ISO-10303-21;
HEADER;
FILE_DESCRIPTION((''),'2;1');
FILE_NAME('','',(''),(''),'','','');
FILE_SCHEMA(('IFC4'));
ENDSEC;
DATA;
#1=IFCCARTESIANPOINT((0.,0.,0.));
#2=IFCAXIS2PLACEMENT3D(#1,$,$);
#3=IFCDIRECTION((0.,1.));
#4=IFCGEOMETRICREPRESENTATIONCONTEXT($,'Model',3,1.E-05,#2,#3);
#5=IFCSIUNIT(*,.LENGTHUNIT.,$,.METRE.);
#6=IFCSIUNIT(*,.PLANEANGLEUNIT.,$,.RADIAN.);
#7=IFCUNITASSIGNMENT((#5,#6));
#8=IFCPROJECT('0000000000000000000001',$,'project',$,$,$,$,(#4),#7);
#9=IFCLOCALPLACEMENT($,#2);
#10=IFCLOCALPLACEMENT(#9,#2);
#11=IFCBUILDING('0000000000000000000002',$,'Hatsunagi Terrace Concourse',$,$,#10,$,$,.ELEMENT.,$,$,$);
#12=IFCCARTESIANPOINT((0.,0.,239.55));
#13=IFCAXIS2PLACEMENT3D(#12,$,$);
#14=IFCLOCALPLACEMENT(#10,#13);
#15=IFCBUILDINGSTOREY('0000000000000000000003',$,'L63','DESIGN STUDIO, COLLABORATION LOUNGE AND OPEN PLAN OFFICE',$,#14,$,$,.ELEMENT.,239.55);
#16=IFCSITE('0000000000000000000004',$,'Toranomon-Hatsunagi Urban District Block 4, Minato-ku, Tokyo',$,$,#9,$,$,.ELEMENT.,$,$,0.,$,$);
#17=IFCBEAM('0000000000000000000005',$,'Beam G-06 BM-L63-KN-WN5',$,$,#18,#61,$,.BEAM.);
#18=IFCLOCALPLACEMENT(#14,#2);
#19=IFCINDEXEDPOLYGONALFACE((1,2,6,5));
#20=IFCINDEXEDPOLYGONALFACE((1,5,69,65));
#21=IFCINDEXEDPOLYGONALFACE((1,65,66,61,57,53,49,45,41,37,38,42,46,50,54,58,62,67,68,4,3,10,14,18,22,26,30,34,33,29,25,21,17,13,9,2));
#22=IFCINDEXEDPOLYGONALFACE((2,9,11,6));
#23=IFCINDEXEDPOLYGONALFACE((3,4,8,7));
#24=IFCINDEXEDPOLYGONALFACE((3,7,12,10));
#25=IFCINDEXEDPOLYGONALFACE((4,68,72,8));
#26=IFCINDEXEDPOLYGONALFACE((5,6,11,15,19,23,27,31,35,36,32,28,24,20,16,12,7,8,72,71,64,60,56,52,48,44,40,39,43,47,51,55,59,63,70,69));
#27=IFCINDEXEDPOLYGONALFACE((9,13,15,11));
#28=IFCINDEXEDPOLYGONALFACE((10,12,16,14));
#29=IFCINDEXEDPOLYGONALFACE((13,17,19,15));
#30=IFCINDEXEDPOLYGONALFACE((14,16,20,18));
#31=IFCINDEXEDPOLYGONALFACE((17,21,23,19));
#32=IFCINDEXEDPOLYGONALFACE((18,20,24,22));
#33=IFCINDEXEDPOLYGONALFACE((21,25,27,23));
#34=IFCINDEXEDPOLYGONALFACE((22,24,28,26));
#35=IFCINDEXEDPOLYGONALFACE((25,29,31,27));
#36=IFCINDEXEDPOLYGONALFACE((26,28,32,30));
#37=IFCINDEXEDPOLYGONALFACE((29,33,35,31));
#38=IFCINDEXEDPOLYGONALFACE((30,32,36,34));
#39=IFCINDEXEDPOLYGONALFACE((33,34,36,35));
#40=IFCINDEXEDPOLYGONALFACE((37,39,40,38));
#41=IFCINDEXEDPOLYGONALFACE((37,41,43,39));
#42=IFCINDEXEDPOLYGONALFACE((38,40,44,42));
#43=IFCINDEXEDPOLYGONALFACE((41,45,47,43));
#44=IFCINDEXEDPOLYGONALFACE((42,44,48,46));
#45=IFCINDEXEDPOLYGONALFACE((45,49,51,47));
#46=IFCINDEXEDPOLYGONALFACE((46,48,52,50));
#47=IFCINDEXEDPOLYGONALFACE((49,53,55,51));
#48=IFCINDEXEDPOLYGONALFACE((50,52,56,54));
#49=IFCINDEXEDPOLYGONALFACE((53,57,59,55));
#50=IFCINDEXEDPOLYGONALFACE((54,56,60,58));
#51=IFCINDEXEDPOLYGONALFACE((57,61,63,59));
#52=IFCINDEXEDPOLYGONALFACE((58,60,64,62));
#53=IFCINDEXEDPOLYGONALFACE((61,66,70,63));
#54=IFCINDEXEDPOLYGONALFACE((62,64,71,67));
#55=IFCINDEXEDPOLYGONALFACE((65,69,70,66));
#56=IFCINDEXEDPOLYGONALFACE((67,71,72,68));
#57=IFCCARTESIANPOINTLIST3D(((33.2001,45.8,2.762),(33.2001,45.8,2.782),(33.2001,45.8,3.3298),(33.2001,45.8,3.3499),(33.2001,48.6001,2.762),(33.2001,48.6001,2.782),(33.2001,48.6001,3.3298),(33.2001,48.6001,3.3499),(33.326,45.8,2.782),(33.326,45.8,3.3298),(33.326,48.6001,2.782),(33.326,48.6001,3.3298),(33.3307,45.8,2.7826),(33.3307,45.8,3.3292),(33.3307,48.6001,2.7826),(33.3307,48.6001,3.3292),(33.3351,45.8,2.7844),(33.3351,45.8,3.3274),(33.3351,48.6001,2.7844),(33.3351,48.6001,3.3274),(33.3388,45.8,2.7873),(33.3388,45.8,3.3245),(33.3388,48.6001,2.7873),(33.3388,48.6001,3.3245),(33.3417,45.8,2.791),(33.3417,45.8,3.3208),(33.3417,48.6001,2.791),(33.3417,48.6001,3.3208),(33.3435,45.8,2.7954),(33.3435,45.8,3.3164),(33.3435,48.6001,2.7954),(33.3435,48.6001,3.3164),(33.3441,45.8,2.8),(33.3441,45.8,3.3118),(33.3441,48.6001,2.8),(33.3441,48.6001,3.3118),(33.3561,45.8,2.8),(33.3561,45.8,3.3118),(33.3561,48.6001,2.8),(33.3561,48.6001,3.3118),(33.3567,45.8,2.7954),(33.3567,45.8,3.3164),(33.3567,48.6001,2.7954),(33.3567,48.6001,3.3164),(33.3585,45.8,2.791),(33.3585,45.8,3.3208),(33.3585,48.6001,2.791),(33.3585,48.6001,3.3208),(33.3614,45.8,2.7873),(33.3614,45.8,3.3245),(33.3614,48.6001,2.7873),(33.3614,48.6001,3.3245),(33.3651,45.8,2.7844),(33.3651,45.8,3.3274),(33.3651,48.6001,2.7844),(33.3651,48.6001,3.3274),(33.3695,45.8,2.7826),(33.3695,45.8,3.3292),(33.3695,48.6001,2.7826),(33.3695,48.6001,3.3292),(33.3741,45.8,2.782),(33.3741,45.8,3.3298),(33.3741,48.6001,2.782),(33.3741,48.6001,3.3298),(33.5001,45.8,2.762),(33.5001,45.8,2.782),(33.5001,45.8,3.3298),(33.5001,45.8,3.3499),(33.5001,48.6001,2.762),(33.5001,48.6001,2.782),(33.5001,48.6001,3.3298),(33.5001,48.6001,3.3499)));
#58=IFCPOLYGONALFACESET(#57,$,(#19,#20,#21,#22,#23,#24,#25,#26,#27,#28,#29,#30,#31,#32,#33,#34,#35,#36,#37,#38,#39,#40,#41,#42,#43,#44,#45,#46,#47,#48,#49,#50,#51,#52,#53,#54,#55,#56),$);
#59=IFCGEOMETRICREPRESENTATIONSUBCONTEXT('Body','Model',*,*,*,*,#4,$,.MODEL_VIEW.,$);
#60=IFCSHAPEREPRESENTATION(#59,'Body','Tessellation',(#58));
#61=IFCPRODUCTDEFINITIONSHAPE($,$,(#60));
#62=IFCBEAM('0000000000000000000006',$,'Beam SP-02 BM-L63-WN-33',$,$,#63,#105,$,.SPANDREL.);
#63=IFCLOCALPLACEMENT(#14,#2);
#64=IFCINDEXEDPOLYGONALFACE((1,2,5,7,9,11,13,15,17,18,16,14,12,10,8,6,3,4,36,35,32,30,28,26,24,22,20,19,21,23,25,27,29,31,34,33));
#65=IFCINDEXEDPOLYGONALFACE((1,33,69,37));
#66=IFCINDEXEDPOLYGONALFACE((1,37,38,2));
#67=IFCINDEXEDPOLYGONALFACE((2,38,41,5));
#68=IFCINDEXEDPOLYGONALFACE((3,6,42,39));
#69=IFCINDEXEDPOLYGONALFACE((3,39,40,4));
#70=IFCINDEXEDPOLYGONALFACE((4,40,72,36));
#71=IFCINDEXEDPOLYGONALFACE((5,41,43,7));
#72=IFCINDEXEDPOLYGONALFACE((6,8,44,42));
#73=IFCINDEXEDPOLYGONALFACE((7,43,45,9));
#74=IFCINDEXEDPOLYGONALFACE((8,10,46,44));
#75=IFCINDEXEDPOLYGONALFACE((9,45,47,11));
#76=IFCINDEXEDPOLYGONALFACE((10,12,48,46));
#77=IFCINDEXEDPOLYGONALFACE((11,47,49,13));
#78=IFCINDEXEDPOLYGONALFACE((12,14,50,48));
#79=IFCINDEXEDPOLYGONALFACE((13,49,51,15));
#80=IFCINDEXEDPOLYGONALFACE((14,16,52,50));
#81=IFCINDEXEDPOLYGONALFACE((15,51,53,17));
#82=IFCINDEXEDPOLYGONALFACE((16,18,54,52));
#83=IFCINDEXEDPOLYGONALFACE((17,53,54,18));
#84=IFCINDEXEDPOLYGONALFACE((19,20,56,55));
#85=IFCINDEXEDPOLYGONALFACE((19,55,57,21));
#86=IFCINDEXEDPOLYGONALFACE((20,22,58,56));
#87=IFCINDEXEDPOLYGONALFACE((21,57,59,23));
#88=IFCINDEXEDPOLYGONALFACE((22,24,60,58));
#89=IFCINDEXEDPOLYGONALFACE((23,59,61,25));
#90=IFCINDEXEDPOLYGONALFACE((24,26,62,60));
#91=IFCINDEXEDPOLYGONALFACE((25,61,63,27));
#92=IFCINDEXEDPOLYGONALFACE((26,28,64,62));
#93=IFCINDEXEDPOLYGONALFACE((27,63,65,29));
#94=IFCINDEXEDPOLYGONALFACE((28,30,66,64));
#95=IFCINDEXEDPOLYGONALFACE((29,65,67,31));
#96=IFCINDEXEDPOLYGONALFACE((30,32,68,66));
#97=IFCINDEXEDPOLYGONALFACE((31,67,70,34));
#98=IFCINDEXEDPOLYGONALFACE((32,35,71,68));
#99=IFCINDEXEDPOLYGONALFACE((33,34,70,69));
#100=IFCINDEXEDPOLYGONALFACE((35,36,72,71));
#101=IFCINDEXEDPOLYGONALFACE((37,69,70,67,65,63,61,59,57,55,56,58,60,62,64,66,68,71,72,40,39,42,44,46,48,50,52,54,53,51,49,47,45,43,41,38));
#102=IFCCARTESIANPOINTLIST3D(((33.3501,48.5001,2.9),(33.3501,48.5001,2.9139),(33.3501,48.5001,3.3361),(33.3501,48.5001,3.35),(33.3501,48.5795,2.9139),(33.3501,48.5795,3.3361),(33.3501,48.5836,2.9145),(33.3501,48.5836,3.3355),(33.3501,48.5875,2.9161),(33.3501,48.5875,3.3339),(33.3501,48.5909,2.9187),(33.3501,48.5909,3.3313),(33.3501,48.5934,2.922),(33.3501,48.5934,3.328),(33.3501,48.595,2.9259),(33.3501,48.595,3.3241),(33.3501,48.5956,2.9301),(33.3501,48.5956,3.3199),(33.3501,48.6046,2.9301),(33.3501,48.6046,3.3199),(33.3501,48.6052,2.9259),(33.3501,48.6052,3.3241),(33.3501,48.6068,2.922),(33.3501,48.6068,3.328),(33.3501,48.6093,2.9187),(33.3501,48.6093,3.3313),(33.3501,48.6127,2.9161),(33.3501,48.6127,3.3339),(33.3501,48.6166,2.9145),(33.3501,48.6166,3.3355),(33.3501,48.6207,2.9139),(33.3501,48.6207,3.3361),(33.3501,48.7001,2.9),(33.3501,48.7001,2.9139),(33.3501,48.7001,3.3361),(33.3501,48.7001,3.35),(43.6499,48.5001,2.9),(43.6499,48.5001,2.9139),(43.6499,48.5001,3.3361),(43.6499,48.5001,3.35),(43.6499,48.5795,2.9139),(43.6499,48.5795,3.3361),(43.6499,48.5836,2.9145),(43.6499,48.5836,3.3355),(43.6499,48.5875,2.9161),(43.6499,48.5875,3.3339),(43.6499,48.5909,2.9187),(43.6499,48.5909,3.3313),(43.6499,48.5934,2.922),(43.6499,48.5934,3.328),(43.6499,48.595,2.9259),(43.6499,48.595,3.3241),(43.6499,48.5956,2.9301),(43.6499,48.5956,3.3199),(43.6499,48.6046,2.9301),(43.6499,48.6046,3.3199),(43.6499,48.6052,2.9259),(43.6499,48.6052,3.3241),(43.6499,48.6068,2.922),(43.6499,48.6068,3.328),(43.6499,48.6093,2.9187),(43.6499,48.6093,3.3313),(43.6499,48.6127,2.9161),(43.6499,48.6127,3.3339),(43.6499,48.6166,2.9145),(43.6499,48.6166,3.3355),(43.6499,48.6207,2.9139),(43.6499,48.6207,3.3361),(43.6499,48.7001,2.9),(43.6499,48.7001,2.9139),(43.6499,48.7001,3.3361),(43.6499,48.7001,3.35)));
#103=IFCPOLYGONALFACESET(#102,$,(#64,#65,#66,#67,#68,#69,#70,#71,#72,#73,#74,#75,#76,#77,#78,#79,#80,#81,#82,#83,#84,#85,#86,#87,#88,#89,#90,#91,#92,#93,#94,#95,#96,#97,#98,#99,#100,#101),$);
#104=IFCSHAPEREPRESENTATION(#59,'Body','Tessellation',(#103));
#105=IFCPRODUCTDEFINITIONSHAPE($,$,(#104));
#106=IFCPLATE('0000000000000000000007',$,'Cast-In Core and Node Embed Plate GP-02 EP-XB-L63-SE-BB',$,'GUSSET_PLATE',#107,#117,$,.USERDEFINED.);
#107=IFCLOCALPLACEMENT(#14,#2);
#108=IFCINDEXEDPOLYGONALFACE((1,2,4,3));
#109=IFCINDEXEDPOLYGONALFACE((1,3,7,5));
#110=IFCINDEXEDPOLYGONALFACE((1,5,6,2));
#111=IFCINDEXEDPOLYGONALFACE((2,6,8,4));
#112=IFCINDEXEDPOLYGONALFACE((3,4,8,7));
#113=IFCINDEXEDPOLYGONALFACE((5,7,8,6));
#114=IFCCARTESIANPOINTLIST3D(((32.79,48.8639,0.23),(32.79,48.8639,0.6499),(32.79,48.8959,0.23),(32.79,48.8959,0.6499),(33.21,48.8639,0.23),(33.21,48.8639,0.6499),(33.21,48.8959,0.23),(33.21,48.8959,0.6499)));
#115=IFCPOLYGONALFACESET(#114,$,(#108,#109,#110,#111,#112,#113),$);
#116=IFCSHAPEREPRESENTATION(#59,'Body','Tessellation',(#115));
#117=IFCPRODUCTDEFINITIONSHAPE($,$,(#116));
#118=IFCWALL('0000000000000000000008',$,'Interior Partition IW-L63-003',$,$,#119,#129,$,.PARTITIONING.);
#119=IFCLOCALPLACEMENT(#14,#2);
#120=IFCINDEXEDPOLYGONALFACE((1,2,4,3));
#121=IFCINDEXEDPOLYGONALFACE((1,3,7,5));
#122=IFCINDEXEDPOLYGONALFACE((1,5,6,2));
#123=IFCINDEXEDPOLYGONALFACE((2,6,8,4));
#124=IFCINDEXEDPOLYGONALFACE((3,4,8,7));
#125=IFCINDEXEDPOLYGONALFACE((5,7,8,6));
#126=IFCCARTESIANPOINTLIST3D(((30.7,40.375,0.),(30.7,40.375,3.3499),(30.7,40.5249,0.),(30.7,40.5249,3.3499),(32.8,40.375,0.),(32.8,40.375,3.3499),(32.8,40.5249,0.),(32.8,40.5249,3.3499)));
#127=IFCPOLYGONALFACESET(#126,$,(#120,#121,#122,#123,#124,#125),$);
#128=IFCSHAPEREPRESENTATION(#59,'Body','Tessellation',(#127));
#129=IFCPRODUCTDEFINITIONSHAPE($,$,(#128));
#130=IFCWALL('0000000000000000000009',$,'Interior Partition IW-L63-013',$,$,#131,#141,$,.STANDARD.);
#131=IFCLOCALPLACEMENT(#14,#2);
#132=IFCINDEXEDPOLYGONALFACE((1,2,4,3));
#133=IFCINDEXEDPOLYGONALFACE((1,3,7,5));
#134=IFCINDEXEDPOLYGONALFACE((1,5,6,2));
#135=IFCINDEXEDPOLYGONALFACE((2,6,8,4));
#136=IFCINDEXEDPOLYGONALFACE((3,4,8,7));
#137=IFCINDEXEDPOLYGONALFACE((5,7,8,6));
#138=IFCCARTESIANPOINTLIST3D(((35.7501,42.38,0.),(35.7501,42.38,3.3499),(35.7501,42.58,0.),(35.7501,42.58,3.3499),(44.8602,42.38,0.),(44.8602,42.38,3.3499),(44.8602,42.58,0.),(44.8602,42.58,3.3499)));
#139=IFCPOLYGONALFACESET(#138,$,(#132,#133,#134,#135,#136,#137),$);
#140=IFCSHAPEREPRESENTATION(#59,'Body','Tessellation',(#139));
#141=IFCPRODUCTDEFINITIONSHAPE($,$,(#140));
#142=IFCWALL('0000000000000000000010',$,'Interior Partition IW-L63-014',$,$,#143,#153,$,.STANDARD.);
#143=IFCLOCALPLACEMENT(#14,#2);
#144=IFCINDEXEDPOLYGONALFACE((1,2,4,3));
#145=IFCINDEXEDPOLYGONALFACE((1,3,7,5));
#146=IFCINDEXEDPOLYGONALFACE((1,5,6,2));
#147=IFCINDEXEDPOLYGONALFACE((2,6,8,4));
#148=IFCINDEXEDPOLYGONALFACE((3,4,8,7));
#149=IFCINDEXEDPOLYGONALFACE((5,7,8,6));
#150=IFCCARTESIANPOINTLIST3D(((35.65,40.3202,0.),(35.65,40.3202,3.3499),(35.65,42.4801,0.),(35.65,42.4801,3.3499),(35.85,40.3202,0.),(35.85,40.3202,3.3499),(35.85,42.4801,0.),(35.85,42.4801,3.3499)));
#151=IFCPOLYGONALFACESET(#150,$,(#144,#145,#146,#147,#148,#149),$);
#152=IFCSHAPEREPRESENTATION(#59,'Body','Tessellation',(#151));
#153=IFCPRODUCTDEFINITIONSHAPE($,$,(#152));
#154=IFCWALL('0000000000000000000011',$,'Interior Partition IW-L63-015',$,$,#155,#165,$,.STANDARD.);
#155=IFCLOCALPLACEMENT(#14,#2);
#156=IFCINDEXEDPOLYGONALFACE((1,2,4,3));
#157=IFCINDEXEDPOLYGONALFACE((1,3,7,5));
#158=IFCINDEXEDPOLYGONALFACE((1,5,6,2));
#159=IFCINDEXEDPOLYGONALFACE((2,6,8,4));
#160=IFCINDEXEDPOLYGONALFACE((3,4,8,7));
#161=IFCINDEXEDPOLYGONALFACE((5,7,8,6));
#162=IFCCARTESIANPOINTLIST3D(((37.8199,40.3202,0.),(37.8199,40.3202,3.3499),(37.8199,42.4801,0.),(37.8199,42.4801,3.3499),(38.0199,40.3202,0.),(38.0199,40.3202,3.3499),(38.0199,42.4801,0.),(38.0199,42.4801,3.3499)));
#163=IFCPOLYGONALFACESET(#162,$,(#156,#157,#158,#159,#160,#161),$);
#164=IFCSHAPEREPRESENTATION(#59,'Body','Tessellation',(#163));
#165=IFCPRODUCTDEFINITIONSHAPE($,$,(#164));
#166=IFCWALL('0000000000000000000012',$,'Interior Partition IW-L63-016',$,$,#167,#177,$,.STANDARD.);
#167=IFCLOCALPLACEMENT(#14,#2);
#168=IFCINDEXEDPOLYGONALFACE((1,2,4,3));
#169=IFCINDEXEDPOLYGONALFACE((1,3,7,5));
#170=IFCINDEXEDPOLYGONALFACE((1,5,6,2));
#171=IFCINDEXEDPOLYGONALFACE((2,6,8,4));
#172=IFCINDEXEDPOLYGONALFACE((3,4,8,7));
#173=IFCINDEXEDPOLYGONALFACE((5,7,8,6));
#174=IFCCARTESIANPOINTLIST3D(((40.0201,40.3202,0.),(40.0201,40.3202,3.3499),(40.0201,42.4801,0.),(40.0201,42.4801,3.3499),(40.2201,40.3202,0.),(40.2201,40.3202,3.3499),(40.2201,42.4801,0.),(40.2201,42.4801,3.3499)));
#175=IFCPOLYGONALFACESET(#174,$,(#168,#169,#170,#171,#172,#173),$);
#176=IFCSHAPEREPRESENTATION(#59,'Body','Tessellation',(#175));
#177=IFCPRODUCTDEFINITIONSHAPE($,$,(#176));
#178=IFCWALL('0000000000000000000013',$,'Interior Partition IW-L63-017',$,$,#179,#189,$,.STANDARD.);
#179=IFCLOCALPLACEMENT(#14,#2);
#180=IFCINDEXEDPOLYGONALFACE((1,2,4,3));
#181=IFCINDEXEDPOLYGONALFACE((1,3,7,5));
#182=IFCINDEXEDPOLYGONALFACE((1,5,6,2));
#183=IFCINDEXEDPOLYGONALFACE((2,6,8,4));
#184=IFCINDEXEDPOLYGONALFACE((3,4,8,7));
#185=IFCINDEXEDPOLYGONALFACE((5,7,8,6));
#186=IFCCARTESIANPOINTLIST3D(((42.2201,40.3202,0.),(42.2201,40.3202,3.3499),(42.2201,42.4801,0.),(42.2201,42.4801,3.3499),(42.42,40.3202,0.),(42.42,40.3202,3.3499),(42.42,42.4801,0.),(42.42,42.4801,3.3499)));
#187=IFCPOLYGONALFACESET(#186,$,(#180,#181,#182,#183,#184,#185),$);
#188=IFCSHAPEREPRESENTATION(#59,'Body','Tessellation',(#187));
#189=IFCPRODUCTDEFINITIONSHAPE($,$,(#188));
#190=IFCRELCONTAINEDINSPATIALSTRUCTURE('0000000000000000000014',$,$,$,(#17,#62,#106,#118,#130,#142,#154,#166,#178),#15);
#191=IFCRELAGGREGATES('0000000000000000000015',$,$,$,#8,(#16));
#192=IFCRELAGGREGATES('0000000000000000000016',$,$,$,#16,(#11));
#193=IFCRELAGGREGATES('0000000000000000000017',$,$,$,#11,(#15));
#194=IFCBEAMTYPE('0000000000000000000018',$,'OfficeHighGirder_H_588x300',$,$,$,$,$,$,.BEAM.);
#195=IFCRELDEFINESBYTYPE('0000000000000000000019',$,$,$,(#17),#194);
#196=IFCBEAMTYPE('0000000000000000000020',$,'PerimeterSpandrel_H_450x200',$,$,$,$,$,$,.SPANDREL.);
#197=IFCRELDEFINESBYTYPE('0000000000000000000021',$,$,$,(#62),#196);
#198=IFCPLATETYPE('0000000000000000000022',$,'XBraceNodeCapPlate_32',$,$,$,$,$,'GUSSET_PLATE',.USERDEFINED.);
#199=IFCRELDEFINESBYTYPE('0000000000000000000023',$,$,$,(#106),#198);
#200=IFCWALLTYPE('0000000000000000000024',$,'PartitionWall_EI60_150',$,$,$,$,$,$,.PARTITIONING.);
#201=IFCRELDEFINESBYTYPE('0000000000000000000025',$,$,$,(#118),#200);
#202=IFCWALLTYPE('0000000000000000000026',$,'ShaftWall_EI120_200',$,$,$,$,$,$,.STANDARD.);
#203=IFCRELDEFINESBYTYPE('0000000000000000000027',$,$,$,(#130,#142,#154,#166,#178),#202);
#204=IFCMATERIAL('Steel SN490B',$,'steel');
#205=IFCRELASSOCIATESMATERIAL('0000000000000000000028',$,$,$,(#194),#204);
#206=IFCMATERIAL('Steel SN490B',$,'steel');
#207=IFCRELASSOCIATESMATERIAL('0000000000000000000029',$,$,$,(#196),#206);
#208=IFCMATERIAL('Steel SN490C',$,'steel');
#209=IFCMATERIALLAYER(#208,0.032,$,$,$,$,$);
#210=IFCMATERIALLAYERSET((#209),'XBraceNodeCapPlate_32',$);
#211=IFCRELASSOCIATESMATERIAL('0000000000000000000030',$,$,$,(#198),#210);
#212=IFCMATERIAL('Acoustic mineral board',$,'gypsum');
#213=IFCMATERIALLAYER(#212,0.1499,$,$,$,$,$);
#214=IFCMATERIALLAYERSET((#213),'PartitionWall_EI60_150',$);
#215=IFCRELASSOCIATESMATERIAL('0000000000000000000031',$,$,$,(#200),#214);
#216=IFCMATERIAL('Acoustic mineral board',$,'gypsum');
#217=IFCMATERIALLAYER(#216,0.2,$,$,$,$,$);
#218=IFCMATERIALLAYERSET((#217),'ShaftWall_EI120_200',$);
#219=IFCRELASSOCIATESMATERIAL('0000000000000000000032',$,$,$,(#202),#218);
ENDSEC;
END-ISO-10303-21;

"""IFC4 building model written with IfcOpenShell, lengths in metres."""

from ifc_helpers import new_model, si_unit, direction, frame, frame_2d, origin, origin_2d, place, context, subcontext, project, spatial, rectangle, i_section, extrude, material, layer, layer_set, material_profile, profile_set, type_object, element, save


model = new_model("IFC4")

# Units and contexts
model_context = context("Model", 3, precision=1e-05, world=origin(), true_north=direction((0.0, 1.0)))
body_context = subcontext(model_context, "Body", "Model", "MODEL_VIEW")
ifc_project = project(units=[si_unit("LENGTHUNIT", "METRE"), si_unit("PLANEANGLEUNIT", "RADIAN")], contexts=[model_context])

# Site, building, storey
site_placement = place(None, origin())
site = spatial("IfcSite", under=ifc_project, at=site_placement, Name="Toranomon-Hatsunagi Urban District Block 4, Minato-ku, Tokyo", CompositionType="ELEMENT", RefElevation=0.0)
building_placement = place(site_placement, origin())
building = spatial("IfcBuilding", under=site, at=building_placement, Name="Hatsunagi Terrace Concourse", CompositionType="ELEMENT")
storey_placement = place(building_placement, frame((0.0, 0.0, 239.55)))
storey = spatial("IfcBuildingStorey", under=building, at=storey_placement, Name="L63", Description="DESIGN STUDIO, COLLABORATION LOUNGE AND OPEN PLAN OFFICE", CompositionType="ELEMENT", Elevation=239.55)

# Beams
ifc_material_1 = material(Name="Steel SN490B", Category="steel")
ifc_material_profile_1 = material_profile(ifc_material_1, i_section(OverallWidth=0.3, OverallDepth=0.5879, WebThickness=0.012, FlangeThickness=0.02, FilletRadius=0.0181, at=origin_2d()), Name="H-588x300x12x20")
ifc_profile_set_1 = profile_set([ifc_material_profile_1], Name="Steel SN490B")
beam_type_1 = type_object("IfcBeamType", Name="OfficeHighGirder_H_588x300", PredefinedType="BEAM", material=ifc_profile_set_1)
beam_1_placement = place(storey_placement, frame((33.3501, 45.8, 3.0559), z_axis=(0.0, 1.0, 0.0), x_axis=(-1.0, 0.0, 0.0)))
element("IfcBeam", 1, at=beam_1_placement, inside=storey, type_object=beam_type_1, Name="Beam G-06 BM-L63-KN-WN5", PredefinedType="BEAM", context=body_context, shape_type="SweptSolid", body=[
    extrude(i_section(OverallWidth=0.3, OverallDepth=0.5879, WebThickness=0.012, FlangeThickness=0.02, FilletRadius=0.0181, at=origin_2d()), origin(), (0.0, 0.0, 1.0), 2.8),
])
ifc_material_2 = material(Name="Steel SN490B", Category="steel")
ifc_material_profile_2 = material_profile(ifc_material_2, i_section(OverallWidth=0.2, OverallDepth=0.45, WebThickness=0.009, FlangeThickness=0.0139, FilletRadius=0.0161, at=origin_2d()), Name="H-450x200x9x14")
ifc_profile_set_2 = profile_set([ifc_material_profile_2], Name="Steel SN490B")
beam_type_2 = type_object("IfcBeamType", Name="PerimeterSpandrel_H_450x200", PredefinedType="SPANDREL", material=ifc_profile_set_2)
beam_2_placement = place(storey_placement, frame((33.3501, 48.6001, 3.125), z_axis=(1.0, 0.0, 0.0), x_axis=(0.0, 1.0, 0.0)))
element("IfcBeam", 2, at=beam_2_placement, inside=storey, type_object=beam_type_2, Name="Beam SP-02 BM-L63-WN-33", PredefinedType="SPANDREL", context=body_context, shape_type="SweptSolid", body=[
    extrude(i_section(OverallWidth=0.2, OverallDepth=0.45, WebThickness=0.009, FlangeThickness=0.0139, FilletRadius=0.0161, at=origin_2d()), origin(), (0.0, 0.0, 1.0), 10.2998),
])

# Plate
ifc_material_3 = material(Name="Steel SN490C", Category="steel")
ifc_layer_1 = layer(ifc_material_3, 0.032)
ifc_layer_set_1 = layer_set([ifc_layer_1], Name="XBraceNodeCapPlate_32")
plate_type = type_object("IfcPlateType", Name="XBraceNodeCapPlate_32", ElementType="GUSSET_PLATE", PredefinedType="USERDEFINED", material=ifc_layer_set_1)
plate_placement = place(storey_placement, frame((33.0, 48.8799, 0.23), z_axis=(0.0, 0.0, 1.0), x_axis=(1.0, 0.0, 0.0)))
element("IfcPlate", 3, at=plate_placement, inside=storey, type_object=plate_type, Name="Cast-In Core and Node Embed Plate GP-02 EP-XB-L63-SE-BB", ObjectType="GUSSET_PLATE", PredefinedType="USERDEFINED", context=body_context, shape_type="SweptSolid", body=[
    extrude(rectangle(XDim=0.4199, YDim=0.032, at=origin_2d()), origin(), (0.0, 0.0, 1.0), 0.4199),
])

# Walls
ifc_material_4 = material(Name="Acoustic mineral board", Category="gypsum")
ifc_layer_2 = layer(ifc_material_4, 0.1499)
ifc_layer_set_2 = layer_set([ifc_layer_2], Name="PartitionWall_EI60_150")
wall_type_1 = type_object("IfcWallType", Name="PartitionWall_EI60_150", PredefinedType="PARTITIONING", material=ifc_layer_set_2)
wall_1_placement = place(storey_placement, frame((30.7, 40.45, 0.0), z_axis=(0.0, 0.0, 1.0), x_axis=(1.0, 0.0, 0.0)))
element("IfcWall", 4, at=wall_1_placement, inside=storey, type_object=wall_type_1, Name="Interior Partition IW-L63-003", PredefinedType="PARTITIONING", context=body_context, shape_type="SweptSolid", body=[
    extrude(rectangle(XDim=2.1001, YDim=0.1499, at=frame_2d((1.05, 0.0))), origin(), (0.0, 0.0, 1.0), 3.3499),
])
ifc_material_5 = material(Name="Acoustic mineral board", Category="gypsum")
ifc_layer_3 = layer(ifc_material_5, 0.2)
ifc_layer_set_3 = layer_set([ifc_layer_3], Name="ShaftWall_EI120_200")
wall_type_2 = type_object("IfcWallType", Name="ShaftWall_EI120_200", PredefinedType="STANDARD", material=ifc_layer_set_3)
wall_2_placement = place(storey_placement, frame((35.75, 42.48, 0.0), z_axis=(0.0, 0.0, 1.0), x_axis=(1.0, 0.0, 0.0)))
element("IfcWall", 5, at=wall_2_placement, inside=storey, type_object=wall_type_2, Name="Interior Partition IW-L63-013", PredefinedType="STANDARD", context=body_context, shape_type="SweptSolid", body=[
    extrude(rectangle(XDim=9.1101, YDim=0.2, at=frame_2d((4.5552, 0.0))), origin(), (0.0, 0.0, 1.0), 3.3499),
])
for number, where, z_axis, x_axis, name in (
    (6, (35.75, 40.3201, 0.0), (0.0, 0.0, 1.0), (0.0, 1.0, 0.0), "Interior Partition IW-L63-014"),
    (7, (37.9199, 40.3201, 0.0), (0.0, 0.0, 1.0), (0.0, 1.0, 0.0), "Interior Partition IW-L63-015"),
    (8, (40.1201, 40.3201, 0.0), (0.0, 0.0, 1.0), (0.0, 1.0, 0.0), "Interior Partition IW-L63-016"),
    (9, (42.3201, 40.3201, 0.0), (0.0, 0.0, 1.0), (0.0, 1.0, 0.0), "Interior Partition IW-L63-017"),
):
    element("IfcWall", number, at=place(storey_placement, frame(where, z_axis=z_axis, x_axis=x_axis)), inside=storey, type_object=wall_type_2, Name=name, PredefinedType="STANDARD", context=body_context, shape_type="SweptSolid", body=[
        extrude(rectangle(XDim=2.1599, YDim=0.2, at=frame_2d((1.0801, 0.0))), origin(), (0.0, 0.0, 1.0), 3.3499),
    ])

save(model, "model.ifc")
